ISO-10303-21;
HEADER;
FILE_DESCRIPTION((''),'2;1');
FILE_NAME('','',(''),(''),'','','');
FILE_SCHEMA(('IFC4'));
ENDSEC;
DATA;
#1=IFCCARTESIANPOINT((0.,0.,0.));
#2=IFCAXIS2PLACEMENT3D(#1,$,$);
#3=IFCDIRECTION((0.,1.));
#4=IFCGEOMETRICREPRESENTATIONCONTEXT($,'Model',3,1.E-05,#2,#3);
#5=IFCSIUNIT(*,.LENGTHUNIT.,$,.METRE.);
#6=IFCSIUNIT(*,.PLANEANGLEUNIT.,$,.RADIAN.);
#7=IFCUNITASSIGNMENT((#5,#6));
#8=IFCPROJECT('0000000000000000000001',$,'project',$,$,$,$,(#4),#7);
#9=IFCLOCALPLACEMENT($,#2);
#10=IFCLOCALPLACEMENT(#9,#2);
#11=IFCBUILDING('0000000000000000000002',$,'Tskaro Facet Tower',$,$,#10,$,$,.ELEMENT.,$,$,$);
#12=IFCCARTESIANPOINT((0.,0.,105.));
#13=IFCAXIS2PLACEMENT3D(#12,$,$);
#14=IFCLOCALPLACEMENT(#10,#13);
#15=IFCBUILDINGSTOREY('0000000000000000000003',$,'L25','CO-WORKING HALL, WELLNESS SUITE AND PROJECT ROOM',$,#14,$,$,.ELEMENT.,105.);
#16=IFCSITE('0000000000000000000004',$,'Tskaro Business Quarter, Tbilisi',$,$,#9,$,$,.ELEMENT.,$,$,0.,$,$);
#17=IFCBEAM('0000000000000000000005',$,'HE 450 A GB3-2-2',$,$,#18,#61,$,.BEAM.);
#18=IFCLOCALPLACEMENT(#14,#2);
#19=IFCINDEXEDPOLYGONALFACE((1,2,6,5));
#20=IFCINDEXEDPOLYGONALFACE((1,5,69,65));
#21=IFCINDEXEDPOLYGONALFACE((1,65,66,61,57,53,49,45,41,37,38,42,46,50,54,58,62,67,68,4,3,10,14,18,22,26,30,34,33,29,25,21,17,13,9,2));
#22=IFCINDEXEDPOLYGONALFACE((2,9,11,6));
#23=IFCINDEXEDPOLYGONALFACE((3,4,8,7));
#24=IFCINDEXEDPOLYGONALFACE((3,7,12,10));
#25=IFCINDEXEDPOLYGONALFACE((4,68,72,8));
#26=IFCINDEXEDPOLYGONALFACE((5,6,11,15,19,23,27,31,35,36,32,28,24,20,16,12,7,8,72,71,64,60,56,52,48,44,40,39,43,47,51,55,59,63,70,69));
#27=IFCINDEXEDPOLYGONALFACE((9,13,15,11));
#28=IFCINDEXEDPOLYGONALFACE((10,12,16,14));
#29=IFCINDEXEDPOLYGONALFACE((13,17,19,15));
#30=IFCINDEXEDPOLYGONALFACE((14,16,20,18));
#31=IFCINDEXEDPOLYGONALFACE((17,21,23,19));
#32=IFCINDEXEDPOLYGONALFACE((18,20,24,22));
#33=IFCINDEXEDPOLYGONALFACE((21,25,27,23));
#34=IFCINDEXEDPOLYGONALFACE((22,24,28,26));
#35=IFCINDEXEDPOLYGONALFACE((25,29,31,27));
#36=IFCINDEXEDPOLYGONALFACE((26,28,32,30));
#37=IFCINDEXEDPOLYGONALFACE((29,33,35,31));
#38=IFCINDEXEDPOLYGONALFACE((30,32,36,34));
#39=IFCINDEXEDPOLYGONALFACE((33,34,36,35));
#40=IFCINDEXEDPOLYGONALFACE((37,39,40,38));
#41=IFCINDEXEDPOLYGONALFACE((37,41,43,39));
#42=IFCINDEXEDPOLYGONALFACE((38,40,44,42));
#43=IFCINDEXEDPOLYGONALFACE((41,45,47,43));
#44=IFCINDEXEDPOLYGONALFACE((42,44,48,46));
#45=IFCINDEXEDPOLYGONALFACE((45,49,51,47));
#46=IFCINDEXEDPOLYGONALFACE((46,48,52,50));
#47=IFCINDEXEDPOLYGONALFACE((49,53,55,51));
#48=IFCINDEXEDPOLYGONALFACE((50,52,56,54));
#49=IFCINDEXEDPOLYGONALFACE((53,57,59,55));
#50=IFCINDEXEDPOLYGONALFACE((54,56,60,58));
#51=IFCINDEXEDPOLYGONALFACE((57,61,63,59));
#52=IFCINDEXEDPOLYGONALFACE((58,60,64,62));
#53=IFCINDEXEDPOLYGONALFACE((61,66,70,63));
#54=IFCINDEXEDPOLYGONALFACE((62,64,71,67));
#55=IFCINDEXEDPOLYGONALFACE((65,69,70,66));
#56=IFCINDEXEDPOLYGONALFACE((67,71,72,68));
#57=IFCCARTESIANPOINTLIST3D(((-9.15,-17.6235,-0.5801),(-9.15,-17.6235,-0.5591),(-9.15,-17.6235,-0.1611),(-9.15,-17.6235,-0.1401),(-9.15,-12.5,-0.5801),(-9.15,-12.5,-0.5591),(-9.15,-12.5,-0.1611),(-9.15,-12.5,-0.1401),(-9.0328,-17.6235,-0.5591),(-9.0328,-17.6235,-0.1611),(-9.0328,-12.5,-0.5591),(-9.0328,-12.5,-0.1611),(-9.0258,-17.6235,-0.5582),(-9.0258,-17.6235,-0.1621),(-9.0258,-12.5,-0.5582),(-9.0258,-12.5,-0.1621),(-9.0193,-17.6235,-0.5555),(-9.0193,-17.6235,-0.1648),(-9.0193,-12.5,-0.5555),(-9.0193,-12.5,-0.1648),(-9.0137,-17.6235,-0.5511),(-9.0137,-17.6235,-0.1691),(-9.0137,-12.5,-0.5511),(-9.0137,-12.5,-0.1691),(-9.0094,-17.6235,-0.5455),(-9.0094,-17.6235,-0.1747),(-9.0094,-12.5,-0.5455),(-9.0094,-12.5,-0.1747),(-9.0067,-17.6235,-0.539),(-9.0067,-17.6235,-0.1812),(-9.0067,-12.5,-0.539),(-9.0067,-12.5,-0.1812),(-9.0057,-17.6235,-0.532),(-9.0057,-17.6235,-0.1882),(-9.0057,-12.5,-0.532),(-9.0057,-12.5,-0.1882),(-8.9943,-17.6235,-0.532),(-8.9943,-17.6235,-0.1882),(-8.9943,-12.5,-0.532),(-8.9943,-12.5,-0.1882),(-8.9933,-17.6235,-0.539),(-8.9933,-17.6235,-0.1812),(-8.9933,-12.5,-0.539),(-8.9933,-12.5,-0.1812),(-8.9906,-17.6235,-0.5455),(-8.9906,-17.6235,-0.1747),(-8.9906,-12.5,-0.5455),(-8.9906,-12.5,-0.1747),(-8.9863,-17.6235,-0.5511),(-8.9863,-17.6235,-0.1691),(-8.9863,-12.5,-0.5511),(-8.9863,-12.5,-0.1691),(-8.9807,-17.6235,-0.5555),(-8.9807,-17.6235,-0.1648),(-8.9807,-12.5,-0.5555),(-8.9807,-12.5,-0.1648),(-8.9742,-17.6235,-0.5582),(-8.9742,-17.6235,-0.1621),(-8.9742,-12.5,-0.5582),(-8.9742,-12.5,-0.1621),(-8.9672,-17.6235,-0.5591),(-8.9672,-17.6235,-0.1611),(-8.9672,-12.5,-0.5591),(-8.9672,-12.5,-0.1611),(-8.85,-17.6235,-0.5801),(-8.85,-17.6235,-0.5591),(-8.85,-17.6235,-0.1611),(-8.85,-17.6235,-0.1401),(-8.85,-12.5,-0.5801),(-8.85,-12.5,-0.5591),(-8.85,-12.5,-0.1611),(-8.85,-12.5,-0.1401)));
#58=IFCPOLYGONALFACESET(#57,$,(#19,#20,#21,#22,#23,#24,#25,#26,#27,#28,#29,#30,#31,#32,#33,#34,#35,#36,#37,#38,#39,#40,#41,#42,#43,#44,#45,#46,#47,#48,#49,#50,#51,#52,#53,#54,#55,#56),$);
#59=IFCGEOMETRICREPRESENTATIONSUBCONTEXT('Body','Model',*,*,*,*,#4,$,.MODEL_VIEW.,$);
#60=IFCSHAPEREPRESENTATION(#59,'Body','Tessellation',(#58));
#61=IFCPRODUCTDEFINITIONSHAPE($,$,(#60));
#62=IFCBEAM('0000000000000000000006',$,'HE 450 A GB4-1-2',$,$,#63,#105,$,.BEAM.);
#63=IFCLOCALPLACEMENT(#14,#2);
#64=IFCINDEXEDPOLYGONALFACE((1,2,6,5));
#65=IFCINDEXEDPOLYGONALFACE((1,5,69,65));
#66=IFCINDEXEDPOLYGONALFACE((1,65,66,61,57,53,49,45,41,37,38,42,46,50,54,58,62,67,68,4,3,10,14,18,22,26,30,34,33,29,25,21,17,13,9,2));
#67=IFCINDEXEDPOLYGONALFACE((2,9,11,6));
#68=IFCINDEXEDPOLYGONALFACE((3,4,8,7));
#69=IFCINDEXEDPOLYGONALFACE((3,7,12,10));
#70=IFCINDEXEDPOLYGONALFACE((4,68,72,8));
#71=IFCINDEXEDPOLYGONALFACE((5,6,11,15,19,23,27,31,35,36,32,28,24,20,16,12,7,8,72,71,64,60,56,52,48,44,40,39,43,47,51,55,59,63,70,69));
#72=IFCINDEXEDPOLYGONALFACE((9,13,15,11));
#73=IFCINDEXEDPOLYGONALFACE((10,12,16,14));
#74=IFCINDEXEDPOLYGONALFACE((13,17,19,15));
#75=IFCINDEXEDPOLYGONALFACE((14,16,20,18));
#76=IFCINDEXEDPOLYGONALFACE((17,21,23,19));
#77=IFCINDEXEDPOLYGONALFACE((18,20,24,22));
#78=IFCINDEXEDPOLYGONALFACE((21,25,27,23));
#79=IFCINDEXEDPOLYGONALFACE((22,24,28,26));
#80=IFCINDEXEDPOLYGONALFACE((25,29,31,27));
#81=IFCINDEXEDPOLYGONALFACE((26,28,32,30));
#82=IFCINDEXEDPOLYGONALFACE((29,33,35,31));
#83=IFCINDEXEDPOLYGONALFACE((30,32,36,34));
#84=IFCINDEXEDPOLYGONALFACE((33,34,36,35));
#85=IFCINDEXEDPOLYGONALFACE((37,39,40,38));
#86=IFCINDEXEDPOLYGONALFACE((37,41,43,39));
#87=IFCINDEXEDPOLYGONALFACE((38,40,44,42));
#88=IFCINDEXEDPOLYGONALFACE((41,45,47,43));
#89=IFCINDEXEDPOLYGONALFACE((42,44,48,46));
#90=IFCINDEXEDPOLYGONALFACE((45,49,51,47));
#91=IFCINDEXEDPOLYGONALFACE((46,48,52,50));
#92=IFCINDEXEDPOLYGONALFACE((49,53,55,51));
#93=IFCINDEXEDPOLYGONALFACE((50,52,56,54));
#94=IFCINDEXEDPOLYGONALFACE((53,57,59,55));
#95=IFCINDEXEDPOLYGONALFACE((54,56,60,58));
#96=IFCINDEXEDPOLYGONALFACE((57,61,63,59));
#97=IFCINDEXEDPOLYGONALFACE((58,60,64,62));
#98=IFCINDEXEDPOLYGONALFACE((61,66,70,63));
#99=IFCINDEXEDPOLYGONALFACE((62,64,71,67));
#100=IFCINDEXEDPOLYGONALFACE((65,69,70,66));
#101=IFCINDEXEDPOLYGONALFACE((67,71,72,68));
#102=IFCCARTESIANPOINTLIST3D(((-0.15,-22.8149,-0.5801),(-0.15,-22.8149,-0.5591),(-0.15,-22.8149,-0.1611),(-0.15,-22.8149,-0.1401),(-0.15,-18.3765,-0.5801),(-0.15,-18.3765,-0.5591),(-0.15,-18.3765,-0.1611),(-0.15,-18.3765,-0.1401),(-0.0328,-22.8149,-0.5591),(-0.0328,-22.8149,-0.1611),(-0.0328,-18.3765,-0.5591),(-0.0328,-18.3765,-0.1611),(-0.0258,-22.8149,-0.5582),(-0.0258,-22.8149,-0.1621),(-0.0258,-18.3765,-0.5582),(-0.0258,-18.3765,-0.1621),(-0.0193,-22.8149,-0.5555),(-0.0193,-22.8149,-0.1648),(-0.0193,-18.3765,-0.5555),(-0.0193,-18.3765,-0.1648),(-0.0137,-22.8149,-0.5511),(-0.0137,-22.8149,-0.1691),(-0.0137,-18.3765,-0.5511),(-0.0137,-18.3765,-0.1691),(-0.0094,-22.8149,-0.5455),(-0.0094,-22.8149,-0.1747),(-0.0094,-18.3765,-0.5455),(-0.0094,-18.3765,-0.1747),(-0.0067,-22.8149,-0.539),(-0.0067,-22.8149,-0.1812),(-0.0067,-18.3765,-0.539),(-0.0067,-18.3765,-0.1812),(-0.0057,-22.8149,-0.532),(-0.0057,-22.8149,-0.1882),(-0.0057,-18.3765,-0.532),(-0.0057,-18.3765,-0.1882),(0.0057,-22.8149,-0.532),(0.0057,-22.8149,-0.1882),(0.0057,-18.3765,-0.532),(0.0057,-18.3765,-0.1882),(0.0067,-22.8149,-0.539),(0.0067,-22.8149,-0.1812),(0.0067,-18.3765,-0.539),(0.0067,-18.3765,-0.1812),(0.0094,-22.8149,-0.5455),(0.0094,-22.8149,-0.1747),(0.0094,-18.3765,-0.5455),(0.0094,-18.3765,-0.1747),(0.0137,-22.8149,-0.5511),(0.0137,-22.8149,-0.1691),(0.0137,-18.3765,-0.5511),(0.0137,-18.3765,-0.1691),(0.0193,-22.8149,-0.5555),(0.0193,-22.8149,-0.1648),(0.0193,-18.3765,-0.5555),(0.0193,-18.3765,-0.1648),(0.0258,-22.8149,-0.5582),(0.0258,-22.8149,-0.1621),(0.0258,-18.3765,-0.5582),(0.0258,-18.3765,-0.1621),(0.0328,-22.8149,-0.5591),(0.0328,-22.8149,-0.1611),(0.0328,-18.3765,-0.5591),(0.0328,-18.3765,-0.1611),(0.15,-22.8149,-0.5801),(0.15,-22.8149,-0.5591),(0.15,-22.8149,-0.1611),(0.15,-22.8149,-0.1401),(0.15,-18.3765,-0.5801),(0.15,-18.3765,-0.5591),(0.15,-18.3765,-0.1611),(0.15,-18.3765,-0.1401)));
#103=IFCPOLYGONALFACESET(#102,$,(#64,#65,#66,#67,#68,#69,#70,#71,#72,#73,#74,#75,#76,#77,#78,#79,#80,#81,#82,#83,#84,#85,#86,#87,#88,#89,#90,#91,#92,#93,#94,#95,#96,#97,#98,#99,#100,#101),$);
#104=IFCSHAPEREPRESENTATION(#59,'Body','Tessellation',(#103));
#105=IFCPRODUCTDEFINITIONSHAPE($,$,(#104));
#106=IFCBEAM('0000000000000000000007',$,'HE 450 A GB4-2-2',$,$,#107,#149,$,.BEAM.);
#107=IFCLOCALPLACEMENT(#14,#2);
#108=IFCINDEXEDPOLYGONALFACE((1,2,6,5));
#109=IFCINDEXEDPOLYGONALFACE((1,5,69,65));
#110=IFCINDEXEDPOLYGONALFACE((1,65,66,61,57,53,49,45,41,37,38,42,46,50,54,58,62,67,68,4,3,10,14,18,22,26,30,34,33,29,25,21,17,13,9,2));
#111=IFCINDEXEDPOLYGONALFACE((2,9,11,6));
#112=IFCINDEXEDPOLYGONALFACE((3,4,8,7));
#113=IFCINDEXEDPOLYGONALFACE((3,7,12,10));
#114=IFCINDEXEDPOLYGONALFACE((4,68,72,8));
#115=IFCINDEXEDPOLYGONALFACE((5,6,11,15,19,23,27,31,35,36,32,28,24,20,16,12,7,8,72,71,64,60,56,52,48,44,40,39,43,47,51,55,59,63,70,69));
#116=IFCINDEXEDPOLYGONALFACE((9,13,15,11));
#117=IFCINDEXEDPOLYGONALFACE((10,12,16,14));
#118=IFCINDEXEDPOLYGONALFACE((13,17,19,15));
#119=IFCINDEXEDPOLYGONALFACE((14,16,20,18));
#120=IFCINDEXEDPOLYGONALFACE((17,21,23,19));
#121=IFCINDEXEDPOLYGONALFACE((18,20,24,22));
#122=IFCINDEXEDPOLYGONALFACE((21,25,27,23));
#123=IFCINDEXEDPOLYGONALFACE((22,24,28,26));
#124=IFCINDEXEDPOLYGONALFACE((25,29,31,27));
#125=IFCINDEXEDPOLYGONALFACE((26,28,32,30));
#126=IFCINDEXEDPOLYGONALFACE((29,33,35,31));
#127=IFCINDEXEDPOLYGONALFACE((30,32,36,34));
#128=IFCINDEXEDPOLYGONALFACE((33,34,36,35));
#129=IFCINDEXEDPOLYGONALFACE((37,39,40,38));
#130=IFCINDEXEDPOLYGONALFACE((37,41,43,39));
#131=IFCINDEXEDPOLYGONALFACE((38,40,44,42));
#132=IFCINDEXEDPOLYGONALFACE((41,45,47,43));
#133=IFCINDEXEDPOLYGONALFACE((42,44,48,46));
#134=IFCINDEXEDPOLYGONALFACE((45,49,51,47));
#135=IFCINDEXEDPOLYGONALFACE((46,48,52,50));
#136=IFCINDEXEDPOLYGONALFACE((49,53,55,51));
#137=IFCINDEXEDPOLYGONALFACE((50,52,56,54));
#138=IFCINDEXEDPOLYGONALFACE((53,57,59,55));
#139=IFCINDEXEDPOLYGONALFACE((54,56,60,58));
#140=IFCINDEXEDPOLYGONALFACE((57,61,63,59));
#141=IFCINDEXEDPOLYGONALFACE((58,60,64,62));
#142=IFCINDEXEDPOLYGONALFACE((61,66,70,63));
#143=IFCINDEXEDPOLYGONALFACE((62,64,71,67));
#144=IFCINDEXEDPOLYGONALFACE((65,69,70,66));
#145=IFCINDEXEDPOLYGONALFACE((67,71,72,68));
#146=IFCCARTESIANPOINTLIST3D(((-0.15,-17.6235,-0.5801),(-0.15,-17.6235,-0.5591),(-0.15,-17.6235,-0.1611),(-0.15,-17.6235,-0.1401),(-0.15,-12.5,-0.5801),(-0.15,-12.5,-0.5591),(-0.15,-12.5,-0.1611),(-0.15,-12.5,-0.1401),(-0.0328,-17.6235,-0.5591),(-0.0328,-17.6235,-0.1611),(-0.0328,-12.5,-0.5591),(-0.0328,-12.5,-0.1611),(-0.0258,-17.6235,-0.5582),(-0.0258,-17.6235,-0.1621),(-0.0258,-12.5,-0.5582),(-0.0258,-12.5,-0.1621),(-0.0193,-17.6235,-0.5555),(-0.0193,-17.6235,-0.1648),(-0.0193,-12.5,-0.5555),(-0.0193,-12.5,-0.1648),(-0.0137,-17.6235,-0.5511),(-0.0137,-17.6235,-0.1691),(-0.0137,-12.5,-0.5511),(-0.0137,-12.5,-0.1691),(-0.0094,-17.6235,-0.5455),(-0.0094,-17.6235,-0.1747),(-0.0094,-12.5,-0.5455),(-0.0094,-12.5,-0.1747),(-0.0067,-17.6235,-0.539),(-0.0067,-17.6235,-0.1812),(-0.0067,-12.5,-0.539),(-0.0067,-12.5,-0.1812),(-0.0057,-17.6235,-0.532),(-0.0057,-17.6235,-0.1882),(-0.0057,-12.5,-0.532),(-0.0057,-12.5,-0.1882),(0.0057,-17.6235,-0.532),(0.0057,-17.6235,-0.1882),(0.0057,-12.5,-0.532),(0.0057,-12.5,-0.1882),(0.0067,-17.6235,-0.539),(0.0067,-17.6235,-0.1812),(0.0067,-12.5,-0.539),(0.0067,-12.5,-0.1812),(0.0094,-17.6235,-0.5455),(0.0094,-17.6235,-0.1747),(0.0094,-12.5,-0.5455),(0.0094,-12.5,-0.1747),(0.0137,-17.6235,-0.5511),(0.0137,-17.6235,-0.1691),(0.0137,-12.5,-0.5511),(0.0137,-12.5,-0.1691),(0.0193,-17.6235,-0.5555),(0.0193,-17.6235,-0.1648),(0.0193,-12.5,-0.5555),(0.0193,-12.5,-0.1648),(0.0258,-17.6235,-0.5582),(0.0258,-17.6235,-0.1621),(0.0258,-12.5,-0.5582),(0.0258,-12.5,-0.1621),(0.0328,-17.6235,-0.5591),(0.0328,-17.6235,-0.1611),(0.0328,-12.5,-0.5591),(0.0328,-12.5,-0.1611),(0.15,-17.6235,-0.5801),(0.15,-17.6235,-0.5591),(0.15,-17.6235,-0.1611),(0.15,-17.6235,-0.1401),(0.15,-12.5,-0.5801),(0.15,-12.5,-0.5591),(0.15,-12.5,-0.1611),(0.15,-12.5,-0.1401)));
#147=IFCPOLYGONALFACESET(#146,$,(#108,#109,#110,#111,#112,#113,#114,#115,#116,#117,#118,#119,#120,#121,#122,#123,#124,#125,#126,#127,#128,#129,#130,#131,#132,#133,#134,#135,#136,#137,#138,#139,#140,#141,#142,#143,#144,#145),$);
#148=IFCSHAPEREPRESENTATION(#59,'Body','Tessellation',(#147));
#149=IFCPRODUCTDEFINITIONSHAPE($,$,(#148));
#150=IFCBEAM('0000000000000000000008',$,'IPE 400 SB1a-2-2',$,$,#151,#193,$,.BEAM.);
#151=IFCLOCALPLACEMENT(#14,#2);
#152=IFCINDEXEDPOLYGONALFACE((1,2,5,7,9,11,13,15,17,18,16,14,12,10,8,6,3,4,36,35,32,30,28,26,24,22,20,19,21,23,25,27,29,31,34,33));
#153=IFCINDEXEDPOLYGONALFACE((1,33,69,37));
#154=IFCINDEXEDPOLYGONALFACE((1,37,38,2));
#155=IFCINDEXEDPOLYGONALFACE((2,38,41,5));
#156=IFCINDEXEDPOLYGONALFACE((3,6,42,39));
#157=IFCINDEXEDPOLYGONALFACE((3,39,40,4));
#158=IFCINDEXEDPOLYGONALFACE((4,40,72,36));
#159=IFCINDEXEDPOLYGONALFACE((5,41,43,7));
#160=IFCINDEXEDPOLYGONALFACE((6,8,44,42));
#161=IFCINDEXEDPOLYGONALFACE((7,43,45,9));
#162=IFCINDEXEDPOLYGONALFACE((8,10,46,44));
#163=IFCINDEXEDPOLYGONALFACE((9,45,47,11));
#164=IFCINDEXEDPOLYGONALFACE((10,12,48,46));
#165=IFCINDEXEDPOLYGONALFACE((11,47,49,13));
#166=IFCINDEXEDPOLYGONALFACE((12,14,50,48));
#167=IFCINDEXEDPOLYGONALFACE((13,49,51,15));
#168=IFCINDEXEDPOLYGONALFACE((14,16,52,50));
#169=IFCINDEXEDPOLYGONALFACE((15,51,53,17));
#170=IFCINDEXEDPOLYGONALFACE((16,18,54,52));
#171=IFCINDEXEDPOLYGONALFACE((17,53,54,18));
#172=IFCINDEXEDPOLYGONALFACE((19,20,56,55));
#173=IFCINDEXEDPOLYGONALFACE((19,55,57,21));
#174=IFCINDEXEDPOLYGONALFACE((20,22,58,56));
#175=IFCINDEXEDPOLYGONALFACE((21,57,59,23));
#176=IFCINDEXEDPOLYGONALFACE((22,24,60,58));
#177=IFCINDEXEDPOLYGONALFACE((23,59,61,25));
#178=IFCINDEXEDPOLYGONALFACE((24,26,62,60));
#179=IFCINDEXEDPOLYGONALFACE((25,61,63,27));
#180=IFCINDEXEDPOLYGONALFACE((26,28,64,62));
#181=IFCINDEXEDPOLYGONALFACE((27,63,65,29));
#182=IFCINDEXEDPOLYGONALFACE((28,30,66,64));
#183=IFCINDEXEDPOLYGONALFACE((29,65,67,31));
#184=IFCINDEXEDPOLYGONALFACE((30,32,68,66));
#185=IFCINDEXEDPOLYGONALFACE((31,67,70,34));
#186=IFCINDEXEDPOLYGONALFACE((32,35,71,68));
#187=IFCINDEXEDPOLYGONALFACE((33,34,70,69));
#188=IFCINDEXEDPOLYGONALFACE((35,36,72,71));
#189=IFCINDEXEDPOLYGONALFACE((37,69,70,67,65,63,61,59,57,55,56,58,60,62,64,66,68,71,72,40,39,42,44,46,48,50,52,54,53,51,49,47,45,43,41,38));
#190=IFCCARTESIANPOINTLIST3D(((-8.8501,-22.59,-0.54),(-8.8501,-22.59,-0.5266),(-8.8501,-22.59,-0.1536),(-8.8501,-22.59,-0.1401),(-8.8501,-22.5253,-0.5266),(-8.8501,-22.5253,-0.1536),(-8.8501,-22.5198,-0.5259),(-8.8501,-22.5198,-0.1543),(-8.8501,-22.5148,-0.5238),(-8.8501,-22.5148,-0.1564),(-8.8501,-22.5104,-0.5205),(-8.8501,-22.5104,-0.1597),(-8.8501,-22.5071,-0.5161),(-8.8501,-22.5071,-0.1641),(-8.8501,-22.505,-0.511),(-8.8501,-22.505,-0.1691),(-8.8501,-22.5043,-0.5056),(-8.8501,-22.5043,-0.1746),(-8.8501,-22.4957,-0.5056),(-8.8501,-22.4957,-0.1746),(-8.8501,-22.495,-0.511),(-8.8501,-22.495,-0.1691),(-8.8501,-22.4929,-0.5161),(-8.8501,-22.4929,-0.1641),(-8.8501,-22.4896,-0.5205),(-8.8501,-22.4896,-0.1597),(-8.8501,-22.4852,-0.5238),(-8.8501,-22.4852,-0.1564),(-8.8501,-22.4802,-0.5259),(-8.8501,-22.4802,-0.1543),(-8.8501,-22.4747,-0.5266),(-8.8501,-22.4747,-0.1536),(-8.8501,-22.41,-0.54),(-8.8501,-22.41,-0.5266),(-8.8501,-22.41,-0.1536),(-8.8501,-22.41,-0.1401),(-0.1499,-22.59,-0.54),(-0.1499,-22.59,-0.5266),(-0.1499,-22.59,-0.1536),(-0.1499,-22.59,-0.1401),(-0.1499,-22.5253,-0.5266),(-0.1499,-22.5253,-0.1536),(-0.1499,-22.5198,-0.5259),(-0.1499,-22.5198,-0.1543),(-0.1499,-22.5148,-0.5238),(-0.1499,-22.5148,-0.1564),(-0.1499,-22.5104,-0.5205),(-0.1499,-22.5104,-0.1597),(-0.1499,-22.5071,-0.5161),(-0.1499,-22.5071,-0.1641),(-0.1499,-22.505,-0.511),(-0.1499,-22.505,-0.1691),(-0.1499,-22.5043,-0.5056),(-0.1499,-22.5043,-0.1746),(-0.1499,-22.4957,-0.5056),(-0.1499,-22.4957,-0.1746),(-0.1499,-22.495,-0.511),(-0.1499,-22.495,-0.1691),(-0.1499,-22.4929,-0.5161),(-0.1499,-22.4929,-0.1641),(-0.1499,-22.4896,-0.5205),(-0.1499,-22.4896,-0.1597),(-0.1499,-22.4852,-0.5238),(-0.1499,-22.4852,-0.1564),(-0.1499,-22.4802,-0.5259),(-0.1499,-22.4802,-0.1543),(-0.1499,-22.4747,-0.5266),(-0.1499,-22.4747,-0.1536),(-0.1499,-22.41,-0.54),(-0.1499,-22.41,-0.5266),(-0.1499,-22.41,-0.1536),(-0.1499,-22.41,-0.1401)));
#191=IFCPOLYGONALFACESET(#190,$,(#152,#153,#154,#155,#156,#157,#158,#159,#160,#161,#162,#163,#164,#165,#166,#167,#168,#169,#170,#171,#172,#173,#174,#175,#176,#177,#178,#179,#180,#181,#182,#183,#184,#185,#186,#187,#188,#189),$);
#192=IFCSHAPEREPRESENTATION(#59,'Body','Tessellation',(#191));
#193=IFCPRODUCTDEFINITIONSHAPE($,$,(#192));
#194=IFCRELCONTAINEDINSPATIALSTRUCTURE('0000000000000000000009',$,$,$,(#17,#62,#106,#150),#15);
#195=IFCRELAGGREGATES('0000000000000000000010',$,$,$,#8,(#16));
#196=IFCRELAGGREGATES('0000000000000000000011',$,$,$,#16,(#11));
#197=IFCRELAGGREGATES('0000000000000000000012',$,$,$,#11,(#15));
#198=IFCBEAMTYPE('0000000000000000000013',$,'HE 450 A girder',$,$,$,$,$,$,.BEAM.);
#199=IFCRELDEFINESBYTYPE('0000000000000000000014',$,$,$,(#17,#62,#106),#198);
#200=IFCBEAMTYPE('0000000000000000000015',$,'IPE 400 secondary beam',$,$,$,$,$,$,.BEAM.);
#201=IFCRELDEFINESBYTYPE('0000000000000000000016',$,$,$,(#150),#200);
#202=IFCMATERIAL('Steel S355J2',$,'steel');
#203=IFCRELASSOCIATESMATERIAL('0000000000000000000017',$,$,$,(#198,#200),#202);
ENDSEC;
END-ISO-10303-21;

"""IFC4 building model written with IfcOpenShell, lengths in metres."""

from ifc_helpers import new_model, si_unit, direction, frame, origin, origin_2d, place, context, subcontext, project, spatial, i_section, extrude, material, material_profile, profile_set, type_object, element, save


model = new_model("IFC4")

# Units and contexts
model_context = context("Model", 3, precision=1e-05, world=origin(), true_north=direction((0.0, 1.0)))
body_context = subcontext(model_context, "Body", "Model", "MODEL_VIEW")
ifc_project = project(units=[si_unit("LENGTHUNIT", "METRE"), si_unit("PLANEANGLEUNIT", "RADIAN")], contexts=[model_context])

# Site, building, storey
site_placement = place(None, origin())
site = spatial("IfcSite", under=ifc_project, at=site_placement, Name="Tskaro Business Quarter, Tbilisi", CompositionType="ELEMENT", RefElevation=0.0)
building_placement = place(site_placement, origin())
building = spatial("IfcBuilding", under=site, at=building_placement, Name="Tskaro Facet Tower", CompositionType="ELEMENT")
storey_placement = place(building_placement, frame((0.0, 0.0, 105.0)))
storey = spatial("IfcBuildingStorey", under=building, at=storey_placement, Name="L25", Description="CO-WORKING HALL, WELLNESS SUITE AND PROJECT ROOM", CompositionType="ELEMENT", Elevation=105.0)

# Beams
ifc_material_1 = material(Name="Steel S355J2", Category="steel")
ifc_material_profile_1 = material_profile(ifc_material_1, i_section(OverallWidth=0.3, OverallDepth=0.4399, WebThickness=0.0115, FlangeThickness=0.021, FilletRadius=0.0271, at=origin_2d()), Name="HE 450 A")
ifc_profile_set_1 = profile_set([ifc_material_profile_1], Name="Steel S355J2")
beam_type_1 = type_object("IfcBeamType", Name="HE 450 A girder", PredefinedType="BEAM", material=ifc_profile_set_1)
beam_1_placement = place(storey_placement, frame((-9.0, -17.6235, -0.3601), z_axis=(0.0, 1.0, 0.0), x_axis=(-1.0, 0.0, 0.0)))
element("IfcBeam", 1, at=beam_1_placement, inside=storey, type_object=beam_type_1, Name="HE 450 A GB3-2-2", PredefinedType="BEAM", context=body_context, shape_type="SweptSolid", body=[
    extrude(i_section(OverallWidth=0.3, OverallDepth=0.4399, WebThickness=0.0115, FlangeThickness=0.021, FilletRadius=0.0271, at=origin_2d()), origin(), (0.0, 0.0, 1.0), 5.1235),
])
beam_2_placement = place(storey_placement, frame((0.0, -22.8149, -0.3601), z_axis=(0.0, 1.0, 0.0), x_axis=(-1.0, 0.0, 0.0)))
element("IfcBeam", 2, at=beam_2_placement, inside=storey, type_object=beam_type_1, Name="HE 450 A GB4-1-2", PredefinedType="BEAM", context=body_context, shape_type="SweptSolid", body=[
    extrude(i_section(OverallWidth=0.3, OverallDepth=0.4399, WebThickness=0.0115, FlangeThickness=0.021, FilletRadius=0.0271, at=origin_2d()), origin(), (0.0, 0.0, 1.0), 4.4385),
])
beam_3_placement = place(storey_placement, frame((0.0, -17.6235, -0.3601), z_axis=(0.0, 1.0, 0.0), x_axis=(-1.0, 0.0, 0.0)))
element("IfcBeam", 3, at=beam_3_placement, inside=storey, type_object=beam_type_1, Name="HE 450 A GB4-2-2", PredefinedType="BEAM", context=body_context, shape_type="SweptSolid", body=[
    extrude(i_section(OverallWidth=0.3, OverallDepth=0.4399, WebThickness=0.0115, FlangeThickness=0.021, FilletRadius=0.0271, at=origin_2d()), origin(), (0.0, 0.0, 1.0), 5.1235),
])
ifc_material_profile_2 = material_profile(ifc_material_1, i_section(OverallWidth=0.1799, OverallDepth=0.3999, WebThickness=0.0085, FlangeThickness=0.0134, FilletRadius=0.021, at=origin_2d()), Name="IPE 400")
ifc_profile_set_2 = profile_set([ifc_material_profile_2], Name="Steel S355J2")
beam_type_2 = type_object("IfcBeamType", Name="IPE 400 secondary beam", PredefinedType="BEAM", material=ifc_profile_set_2)
for number, where, z_axis, x_axis, name in (
    (4, (-8.8501, -22.5, -0.3401), (1.0, 0.0, 0.0), (0.0, 1.0, 0.0), "IPE 400 SB1a-2-2"),
):
    element("IfcBeam", number, at=place(storey_placement, frame(where, z_axis=z_axis, x_axis=x_axis)), inside=storey, type_object=beam_type_2, Name=name, PredefinedType="BEAM", context=body_context, shape_type="SweptSolid", body=[
        extrude(i_section(OverallWidth=0.1799, OverallDepth=0.3999, WebThickness=0.0085, FlangeThickness=0.0134, FilletRadius=0.021, at=origin_2d()), origin(), (0.0, 0.0, 1.0), 8.7002),
    ])

save(model, "model.ifc")
